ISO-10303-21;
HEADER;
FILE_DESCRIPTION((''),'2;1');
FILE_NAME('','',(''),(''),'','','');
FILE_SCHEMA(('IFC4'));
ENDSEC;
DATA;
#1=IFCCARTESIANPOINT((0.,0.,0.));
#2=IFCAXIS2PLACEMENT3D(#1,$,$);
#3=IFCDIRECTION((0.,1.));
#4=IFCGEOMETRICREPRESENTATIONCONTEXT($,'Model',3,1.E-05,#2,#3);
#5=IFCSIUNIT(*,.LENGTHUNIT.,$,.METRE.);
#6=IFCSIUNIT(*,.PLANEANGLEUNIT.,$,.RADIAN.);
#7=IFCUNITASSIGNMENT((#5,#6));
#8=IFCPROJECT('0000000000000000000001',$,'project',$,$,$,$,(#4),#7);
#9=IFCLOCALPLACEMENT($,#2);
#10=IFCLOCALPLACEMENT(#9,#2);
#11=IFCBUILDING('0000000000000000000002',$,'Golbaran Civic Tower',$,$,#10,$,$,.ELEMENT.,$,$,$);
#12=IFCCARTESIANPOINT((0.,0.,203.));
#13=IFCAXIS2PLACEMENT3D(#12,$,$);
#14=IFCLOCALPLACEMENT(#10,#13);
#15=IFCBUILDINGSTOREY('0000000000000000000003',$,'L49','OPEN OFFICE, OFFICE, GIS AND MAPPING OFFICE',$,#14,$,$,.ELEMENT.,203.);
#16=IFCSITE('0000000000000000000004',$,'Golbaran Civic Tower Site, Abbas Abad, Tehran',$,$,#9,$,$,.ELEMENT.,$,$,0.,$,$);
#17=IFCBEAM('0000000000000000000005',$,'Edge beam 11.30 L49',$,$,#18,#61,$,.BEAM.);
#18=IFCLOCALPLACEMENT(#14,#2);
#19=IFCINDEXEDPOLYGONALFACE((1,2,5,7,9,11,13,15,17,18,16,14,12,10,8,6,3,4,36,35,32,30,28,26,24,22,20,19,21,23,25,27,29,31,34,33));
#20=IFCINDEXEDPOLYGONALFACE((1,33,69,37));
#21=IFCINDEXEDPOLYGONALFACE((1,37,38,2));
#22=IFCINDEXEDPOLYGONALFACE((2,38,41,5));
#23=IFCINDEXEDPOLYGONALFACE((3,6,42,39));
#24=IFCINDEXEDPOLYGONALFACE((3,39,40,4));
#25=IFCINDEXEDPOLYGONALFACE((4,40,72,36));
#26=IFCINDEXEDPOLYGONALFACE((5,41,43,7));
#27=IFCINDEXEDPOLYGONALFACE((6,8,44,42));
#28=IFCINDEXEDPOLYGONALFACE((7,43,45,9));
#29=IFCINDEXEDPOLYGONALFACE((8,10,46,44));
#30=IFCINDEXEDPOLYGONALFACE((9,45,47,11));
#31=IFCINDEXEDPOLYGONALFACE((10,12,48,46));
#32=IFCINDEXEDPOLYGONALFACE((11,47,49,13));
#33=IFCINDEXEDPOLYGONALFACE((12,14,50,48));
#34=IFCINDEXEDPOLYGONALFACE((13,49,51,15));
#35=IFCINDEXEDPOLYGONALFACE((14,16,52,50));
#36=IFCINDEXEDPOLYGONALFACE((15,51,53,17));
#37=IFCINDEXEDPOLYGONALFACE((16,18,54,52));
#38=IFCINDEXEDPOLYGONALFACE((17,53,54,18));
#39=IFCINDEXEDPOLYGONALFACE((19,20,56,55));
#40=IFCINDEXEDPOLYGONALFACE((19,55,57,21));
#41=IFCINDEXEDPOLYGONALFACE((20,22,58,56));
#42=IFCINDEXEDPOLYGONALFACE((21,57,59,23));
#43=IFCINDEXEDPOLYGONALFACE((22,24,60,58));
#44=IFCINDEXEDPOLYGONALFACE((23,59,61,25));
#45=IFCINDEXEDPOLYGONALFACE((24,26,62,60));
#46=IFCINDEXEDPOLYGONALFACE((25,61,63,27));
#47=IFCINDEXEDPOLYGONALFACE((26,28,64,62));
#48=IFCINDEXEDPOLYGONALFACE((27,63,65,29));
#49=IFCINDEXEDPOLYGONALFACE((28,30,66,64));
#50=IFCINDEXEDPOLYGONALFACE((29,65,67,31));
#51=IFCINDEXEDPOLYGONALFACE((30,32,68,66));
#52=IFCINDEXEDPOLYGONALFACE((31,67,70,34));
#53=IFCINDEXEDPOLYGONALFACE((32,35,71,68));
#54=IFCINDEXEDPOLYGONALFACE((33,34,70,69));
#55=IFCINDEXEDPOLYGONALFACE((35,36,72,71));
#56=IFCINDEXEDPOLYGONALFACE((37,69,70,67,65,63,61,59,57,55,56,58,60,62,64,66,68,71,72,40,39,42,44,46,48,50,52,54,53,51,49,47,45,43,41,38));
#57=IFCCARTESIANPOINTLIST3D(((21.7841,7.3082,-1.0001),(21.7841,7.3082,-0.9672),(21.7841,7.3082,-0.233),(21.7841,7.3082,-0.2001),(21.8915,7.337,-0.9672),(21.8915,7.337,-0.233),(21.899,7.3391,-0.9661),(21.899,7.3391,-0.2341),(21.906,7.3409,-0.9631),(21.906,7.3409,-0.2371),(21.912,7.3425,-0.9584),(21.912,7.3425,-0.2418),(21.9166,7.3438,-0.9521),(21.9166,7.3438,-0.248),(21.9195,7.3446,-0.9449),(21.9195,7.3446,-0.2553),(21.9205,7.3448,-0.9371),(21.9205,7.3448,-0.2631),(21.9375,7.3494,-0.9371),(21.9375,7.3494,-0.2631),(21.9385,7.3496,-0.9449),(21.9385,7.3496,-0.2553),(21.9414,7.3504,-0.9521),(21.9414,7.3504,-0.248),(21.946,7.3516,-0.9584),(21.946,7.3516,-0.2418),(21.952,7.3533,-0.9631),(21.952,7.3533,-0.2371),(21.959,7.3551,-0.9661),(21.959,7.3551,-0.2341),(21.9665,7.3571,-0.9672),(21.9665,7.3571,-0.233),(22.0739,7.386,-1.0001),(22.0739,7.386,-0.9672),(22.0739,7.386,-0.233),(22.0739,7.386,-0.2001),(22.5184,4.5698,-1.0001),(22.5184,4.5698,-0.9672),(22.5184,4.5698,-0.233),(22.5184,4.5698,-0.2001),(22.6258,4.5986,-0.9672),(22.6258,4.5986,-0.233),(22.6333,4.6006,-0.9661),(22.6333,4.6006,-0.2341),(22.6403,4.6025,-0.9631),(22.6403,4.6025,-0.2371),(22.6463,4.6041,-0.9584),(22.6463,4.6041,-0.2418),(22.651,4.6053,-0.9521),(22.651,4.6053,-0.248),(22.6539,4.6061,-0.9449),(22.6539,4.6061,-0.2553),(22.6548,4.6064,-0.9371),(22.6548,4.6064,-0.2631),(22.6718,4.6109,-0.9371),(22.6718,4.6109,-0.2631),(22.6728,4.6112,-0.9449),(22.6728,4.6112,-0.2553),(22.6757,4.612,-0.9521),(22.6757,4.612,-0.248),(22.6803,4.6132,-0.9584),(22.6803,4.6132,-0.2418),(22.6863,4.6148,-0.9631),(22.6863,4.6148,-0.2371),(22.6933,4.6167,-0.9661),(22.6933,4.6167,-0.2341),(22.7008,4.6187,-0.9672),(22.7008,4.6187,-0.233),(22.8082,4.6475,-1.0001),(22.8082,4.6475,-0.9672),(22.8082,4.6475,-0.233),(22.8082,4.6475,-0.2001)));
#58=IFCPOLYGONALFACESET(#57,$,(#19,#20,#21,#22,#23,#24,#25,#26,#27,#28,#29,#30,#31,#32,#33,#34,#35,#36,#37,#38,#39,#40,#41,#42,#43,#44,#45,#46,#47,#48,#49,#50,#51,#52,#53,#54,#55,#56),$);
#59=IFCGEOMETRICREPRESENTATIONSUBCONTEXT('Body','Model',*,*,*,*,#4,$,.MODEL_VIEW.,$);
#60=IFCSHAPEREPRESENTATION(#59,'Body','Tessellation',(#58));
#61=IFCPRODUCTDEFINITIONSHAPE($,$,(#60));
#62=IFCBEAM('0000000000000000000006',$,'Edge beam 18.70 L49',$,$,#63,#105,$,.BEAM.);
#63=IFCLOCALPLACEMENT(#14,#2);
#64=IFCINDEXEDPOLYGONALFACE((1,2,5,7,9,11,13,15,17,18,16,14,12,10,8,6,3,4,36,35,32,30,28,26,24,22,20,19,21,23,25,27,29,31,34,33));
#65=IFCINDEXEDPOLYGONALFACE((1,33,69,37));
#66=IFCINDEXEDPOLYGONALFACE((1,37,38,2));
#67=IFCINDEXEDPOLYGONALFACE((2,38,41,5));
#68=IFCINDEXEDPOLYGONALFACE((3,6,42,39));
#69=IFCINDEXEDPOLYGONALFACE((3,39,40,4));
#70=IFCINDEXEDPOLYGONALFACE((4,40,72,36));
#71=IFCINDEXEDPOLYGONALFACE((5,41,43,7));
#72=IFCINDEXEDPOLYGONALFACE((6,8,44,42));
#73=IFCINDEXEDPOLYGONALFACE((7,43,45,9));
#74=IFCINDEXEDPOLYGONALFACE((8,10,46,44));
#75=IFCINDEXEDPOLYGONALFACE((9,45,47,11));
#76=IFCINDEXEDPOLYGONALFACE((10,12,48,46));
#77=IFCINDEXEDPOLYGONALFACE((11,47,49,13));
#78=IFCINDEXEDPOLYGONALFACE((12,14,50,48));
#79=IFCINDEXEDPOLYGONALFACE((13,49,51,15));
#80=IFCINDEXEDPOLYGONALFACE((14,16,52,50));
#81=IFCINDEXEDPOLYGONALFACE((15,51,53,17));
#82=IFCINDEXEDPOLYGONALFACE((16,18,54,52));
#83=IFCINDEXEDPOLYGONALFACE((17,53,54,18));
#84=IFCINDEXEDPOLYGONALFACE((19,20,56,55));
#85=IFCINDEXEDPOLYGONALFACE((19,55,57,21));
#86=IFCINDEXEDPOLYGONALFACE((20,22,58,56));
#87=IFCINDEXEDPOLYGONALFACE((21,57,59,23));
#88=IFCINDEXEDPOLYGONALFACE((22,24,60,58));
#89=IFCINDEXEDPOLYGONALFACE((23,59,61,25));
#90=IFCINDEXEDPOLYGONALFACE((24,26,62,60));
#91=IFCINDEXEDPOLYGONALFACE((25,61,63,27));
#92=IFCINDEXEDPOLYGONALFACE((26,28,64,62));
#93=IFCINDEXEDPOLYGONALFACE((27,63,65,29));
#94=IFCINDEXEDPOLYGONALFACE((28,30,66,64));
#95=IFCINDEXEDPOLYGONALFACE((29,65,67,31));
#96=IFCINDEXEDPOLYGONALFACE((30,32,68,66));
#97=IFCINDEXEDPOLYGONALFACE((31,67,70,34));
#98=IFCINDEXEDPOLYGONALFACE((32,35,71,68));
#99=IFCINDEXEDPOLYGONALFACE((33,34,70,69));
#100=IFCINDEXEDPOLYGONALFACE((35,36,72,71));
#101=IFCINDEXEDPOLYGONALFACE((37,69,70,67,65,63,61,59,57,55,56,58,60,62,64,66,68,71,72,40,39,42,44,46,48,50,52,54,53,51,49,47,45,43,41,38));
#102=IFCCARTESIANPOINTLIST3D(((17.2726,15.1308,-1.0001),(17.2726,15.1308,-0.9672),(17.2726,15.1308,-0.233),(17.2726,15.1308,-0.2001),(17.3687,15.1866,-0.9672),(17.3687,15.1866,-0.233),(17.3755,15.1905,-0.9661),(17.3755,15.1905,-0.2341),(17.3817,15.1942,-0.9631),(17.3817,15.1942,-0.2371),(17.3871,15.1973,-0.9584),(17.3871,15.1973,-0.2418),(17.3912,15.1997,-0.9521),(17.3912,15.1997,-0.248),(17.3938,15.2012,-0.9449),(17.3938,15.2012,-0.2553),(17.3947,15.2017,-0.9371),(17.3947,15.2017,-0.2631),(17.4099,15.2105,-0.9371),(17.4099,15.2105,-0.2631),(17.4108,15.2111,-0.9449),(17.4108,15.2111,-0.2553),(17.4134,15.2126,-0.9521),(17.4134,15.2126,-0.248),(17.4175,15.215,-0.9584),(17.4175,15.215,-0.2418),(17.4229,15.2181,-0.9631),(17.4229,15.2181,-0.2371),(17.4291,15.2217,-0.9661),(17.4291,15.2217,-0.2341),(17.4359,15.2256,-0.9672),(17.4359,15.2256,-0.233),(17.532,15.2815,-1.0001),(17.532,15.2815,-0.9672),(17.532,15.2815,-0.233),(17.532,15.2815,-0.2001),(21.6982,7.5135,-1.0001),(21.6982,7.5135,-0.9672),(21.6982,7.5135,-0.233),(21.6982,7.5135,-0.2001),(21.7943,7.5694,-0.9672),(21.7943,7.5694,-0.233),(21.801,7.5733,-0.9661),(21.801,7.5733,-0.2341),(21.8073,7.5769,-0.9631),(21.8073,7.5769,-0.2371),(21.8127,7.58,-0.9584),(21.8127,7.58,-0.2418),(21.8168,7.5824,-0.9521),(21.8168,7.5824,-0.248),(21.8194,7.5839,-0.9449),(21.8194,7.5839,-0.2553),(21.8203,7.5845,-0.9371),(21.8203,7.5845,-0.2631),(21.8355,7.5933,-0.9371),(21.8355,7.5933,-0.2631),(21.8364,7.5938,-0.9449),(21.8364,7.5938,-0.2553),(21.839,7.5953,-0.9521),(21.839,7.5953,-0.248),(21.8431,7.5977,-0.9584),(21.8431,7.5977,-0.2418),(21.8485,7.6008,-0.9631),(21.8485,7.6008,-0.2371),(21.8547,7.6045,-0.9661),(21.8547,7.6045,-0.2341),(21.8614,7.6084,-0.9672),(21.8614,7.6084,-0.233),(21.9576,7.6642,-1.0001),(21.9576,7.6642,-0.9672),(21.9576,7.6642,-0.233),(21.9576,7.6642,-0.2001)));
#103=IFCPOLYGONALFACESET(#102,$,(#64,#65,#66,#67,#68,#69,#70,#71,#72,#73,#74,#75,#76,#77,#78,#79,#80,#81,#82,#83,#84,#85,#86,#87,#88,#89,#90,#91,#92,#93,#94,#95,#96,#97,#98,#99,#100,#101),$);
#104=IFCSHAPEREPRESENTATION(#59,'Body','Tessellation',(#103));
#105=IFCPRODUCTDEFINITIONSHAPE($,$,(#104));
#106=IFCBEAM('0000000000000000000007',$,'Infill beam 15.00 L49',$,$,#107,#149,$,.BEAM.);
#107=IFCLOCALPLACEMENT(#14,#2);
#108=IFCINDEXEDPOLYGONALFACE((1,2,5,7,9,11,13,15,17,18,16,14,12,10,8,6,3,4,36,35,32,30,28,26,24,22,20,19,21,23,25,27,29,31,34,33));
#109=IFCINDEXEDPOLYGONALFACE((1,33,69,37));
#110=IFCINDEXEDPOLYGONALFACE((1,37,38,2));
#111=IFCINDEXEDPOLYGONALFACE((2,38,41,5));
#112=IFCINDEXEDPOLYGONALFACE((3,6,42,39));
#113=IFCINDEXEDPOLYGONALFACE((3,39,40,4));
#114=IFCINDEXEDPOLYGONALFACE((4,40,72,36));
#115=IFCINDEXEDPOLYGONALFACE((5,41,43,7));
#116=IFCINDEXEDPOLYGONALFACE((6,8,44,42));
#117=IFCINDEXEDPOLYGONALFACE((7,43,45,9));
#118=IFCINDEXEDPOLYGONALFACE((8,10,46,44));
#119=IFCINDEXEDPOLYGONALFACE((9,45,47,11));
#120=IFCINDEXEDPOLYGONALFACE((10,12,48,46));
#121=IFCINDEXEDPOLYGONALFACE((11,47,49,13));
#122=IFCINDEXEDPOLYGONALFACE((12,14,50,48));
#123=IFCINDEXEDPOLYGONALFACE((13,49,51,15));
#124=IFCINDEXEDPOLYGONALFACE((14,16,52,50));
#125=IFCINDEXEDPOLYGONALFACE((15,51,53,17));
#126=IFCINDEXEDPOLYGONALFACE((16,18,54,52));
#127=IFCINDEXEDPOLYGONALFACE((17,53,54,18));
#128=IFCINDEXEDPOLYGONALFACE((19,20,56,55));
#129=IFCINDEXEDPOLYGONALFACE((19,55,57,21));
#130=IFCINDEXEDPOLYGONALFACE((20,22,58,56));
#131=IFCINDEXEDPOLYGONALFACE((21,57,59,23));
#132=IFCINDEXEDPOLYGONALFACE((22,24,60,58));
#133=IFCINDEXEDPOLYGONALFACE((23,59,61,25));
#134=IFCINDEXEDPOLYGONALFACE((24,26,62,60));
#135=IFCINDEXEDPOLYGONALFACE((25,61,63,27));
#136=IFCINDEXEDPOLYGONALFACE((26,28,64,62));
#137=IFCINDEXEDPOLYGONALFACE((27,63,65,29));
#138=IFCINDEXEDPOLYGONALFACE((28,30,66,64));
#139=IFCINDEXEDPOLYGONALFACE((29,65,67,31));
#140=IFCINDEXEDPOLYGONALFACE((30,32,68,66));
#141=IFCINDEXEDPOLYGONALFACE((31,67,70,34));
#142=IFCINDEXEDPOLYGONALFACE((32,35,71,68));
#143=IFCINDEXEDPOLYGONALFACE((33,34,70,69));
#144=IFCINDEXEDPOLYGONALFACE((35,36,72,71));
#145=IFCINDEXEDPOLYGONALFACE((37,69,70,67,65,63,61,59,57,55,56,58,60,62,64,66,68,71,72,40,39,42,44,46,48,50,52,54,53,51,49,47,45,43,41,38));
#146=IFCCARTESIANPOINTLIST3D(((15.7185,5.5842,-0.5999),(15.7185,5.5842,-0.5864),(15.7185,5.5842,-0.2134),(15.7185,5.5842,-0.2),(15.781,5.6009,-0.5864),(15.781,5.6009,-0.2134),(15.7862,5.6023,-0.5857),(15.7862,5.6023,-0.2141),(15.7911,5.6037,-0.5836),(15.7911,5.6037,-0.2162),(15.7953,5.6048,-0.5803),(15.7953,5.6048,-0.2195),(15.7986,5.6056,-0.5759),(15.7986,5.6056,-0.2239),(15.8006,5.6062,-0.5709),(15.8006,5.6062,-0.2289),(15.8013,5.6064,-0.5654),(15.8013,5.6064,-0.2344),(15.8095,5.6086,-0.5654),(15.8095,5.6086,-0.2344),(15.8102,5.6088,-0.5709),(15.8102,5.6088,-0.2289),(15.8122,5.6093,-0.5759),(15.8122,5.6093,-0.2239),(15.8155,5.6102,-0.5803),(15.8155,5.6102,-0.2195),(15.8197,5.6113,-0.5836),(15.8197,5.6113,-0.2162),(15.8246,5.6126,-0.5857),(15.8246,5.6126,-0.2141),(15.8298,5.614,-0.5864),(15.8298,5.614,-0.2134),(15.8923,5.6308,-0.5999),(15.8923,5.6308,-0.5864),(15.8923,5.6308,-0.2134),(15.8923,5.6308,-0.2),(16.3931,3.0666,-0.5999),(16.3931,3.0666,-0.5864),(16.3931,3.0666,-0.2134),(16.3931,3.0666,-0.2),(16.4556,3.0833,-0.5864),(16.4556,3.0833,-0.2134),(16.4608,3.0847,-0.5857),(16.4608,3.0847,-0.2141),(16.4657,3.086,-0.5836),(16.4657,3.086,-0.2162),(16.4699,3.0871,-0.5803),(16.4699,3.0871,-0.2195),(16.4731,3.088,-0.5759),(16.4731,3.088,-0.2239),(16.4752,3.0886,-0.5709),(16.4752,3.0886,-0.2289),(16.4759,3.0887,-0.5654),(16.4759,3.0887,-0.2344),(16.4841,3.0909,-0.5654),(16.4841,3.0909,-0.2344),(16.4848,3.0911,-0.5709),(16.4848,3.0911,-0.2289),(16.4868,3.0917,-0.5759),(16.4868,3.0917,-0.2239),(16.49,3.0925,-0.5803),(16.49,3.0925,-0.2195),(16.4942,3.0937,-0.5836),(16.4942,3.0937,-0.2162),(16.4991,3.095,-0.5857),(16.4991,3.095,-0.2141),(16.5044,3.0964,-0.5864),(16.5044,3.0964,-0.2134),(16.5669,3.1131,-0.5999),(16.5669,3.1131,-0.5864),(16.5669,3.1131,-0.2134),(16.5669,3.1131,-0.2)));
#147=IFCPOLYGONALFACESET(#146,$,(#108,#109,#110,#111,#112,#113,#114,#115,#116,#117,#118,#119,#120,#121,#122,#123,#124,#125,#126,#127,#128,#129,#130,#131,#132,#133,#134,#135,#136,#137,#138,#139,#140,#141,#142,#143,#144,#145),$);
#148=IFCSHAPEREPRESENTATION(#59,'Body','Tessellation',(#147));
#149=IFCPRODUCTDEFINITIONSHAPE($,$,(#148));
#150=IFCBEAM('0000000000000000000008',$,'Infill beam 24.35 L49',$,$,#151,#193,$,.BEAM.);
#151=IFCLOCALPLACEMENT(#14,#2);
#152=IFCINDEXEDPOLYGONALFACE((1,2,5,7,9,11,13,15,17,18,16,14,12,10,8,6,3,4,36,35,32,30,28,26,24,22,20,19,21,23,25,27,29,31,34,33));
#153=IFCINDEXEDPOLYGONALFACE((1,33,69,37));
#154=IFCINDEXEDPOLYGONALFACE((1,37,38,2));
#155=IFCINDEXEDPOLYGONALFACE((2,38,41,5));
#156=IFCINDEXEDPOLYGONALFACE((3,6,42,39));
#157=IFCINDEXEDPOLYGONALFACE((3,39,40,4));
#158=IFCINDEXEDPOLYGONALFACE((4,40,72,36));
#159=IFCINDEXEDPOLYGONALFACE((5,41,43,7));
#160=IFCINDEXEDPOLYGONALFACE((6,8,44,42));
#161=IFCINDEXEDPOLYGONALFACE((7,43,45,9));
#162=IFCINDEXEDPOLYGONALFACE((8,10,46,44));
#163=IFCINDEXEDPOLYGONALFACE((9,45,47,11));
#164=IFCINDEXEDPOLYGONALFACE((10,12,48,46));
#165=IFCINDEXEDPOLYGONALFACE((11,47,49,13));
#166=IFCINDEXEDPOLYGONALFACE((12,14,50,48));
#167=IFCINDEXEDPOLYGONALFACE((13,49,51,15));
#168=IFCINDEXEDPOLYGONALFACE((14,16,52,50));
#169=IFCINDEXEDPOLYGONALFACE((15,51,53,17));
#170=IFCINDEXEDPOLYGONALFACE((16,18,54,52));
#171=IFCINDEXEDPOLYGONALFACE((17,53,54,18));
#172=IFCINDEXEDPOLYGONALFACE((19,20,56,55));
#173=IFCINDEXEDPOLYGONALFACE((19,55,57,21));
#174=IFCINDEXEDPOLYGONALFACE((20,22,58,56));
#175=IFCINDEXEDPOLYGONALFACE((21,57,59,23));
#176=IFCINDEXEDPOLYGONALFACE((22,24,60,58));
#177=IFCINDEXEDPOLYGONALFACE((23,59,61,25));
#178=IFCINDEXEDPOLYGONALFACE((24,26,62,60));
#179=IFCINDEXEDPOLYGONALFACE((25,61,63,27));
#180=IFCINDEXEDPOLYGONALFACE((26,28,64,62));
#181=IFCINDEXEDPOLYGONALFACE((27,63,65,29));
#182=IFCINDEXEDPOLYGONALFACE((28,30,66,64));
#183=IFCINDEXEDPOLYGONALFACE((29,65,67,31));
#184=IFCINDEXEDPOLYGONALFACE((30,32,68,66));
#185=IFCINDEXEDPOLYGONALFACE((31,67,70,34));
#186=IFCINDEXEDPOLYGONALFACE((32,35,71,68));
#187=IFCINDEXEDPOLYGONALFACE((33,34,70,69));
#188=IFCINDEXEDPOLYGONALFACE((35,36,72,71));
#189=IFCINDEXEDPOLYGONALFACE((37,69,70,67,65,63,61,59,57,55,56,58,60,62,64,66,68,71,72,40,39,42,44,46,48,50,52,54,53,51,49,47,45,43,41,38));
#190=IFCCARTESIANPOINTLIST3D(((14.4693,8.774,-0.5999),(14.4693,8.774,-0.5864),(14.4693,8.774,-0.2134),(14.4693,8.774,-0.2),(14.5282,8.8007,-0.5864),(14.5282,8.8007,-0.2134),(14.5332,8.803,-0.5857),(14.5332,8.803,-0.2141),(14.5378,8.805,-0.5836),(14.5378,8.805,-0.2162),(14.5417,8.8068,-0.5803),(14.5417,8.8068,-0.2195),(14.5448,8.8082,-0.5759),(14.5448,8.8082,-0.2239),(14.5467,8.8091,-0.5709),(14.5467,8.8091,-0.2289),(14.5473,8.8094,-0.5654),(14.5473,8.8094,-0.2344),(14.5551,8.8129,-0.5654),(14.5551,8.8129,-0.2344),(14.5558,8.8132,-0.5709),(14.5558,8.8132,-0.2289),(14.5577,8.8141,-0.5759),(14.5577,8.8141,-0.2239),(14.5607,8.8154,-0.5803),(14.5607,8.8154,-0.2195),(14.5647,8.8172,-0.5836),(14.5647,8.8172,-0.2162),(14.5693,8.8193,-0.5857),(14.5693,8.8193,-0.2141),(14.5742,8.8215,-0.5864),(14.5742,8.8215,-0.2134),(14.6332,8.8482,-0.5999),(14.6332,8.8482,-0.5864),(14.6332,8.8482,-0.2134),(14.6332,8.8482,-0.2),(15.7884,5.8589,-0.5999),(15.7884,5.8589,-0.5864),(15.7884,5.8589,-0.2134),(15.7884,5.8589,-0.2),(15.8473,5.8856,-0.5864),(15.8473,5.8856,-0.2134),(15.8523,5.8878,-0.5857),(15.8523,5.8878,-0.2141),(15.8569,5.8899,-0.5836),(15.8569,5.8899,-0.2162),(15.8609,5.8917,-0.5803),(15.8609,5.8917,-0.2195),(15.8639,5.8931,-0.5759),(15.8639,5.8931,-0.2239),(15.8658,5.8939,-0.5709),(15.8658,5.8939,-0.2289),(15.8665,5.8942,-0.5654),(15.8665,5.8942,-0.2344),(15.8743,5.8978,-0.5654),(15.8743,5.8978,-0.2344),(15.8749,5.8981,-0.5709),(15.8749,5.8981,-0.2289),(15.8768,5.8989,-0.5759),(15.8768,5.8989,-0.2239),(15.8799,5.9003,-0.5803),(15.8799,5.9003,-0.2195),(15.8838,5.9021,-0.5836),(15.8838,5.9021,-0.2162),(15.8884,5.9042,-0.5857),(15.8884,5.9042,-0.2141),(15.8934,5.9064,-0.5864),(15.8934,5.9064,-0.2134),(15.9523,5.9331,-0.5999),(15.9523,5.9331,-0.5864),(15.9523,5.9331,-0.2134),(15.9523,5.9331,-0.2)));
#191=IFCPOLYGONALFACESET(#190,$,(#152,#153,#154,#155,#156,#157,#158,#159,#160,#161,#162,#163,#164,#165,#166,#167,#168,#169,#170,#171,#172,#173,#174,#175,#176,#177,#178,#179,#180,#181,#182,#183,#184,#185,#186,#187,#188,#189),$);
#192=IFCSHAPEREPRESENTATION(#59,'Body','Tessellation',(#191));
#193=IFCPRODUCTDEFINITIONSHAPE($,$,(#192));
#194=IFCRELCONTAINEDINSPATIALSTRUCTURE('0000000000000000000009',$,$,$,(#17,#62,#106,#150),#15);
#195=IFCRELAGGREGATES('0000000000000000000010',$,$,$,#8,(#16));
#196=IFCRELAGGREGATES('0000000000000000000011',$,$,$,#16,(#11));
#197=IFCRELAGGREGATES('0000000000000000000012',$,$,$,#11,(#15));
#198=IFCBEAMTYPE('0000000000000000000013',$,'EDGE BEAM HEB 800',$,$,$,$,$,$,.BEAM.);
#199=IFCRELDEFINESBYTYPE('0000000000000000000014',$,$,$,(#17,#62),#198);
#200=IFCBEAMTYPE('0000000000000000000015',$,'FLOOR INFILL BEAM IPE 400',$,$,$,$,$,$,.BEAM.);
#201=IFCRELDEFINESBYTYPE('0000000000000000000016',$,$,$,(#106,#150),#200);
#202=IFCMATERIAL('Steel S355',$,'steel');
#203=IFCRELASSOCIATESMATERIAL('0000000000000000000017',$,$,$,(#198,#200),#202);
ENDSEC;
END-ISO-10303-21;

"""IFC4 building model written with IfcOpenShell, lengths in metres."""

from ifc_helpers import new_model, si_unit, direction, frame, origin, origin_2d, place, context, subcontext, project, spatial, i_section, extrude, material, material_profile, profile_set, type_object, element, save


model = new_model("IFC4")

# Units and contexts
model_context = context("Model", 3, precision=1e-05, world=origin(), true_north=direction((0.0, 1.0)))
body_context = subcontext(model_context, "Body", "Model", "MODEL_VIEW")
ifc_project = project(units=[si_unit("LENGTHUNIT", "METRE"), si_unit("PLANEANGLEUNIT", "RADIAN")], contexts=[model_context])

# Site, building, storey
site_placement = place(None, origin())
site = spatial("IfcSite", under=ifc_project, at=site_placement, Name="Golbaran Civic Tower Site, Abbas Abad, Tehran", CompositionType="ELEMENT", RefElevation=0.0)
building_placement = place(site_placement, origin())
building = spatial("IfcBuilding", under=site, at=building_placement, Name="Golbaran Civic Tower", CompositionType="ELEMENT")
storey_placement = place(building_placement, frame((0.0, 0.0, 203.0)))
storey = spatial("IfcBuildingStorey", under=building, at=storey_placement, Name="L49", Description="OPEN OFFICE, OFFICE, GIS AND MAPPING OFFICE", CompositionType="ELEMENT", Elevation=203.0)

# Beams
ifc_material_1 = material(Name="Steel S355", Category="steel")
ifc_material_profile_1 = material_profile(ifc_material_1, i_section(OverallWidth=0.3, OverallDepth=0.8, WebThickness=0.0176, FlangeThickness=0.033, FilletRadius=0.03, at=origin_2d()), Name="HEB 800")
ifc_profile_set_1 = profile_set([ifc_material_profile_1], Name="Steel S355")
beam_type_1 = type_object("IfcBeamType", Name="EDGE BEAM HEB 800", PredefinedType="BEAM", material=ifc_profile_set_1)
beam_1_placement = place(storey_placement, frame((22.6633, 4.6086, -0.6001), z_axis=(-0.259013, 0.965874, 0.0), x_axis=(-0.965874, -0.259013, 0.0)))
element("IfcBeam", 1, at=beam_1_placement, inside=storey, type_object=beam_type_1, Name="Edge beam 11.30 L49", PredefinedType="BEAM", context=body_context, shape_type="SweptSolid", body=[
    extrude(i_section(OverallWidth=0.3, OverallDepth=0.8, WebThickness=0.0176, FlangeThickness=0.033, FilletRadius=0.03, at=origin_2d()), origin(), (0.0, 0.0, 1.0), 2.8352),
])
beam_2_placement = place(storey_placement, frame((21.8279, 7.5889, -0.6001), z_axis=(-0.502361, 0.864658, 0.0), x_axis=(-0.864658, -0.502361, 0.0)))
element("IfcBeam", 2, at=beam_2_placement, inside=storey, type_object=beam_type_1, Name="Edge beam 18.70 L49", PredefinedType="BEAM", context=body_context, shape_type="SweptSolid", body=[
    extrude(i_section(OverallWidth=0.3, OverallDepth=0.8, WebThickness=0.0176, FlangeThickness=0.033, FilletRadius=0.03, at=origin_2d()), origin(), (0.0, 0.0, 1.0), 8.8096),
])
ifc_material_profile_2 = material_profile(ifc_material_1, i_section(OverallWidth=0.1799, OverallDepth=0.3999, WebThickness=0.0085, FlangeThickness=0.0134, FilletRadius=0.021, at=origin_2d()), Name="IPE 400")
ifc_profile_set_2 = profile_set([ifc_material_profile_2], Name="Steel S355")
beam_type_2 = type_object("IfcBeamType", Name="FLOOR INFILL BEAM IPE 400", PredefinedType="BEAM", material=ifc_profile_set_2)
beam_3_placement = place(storey_placement, frame((16.48, 3.0898, -0.3999), z_axis=(-0.258811, 0.965928, 0.0), x_axis=(-0.965928, -0.258811, 0.0)))
element("IfcBeam", 3, at=beam_3_placement, inside=storey, type_object=beam_type_2, Name="Infill beam 15.00 L49", PredefinedType="BEAM", context=body_context, shape_type="SweptSolid", body=[
    extrude(i_section(OverallWidth=0.1799, OverallDepth=0.3999, WebThickness=0.0085, FlangeThickness=0.0134, FilletRadius=0.021, at=origin_2d()), origin(), (0.0, 0.0, 1.0), 2.6064),
])
beam_4_placement = place(storey_placement, frame((15.8704, 5.896, -0.3999), z_axis=(-0.412267, 0.911063, 0.0), x_axis=(-0.911063, -0.412267, 0.0)))
element("IfcBeam", 4, at=beam_4_placement, inside=storey, type_object=beam_type_2, Name="Infill beam 24.35 L49", PredefinedType="BEAM", context=body_context, shape_type="SweptSolid", body=[
    extrude(i_section(OverallWidth=0.1799, OverallDepth=0.3999, WebThickness=0.0085, FlangeThickness=0.0134, FilletRadius=0.021, at=origin_2d()), origin(), (0.0, 0.0, 1.0), 3.1997),
])

save(model, "model.ifc")
